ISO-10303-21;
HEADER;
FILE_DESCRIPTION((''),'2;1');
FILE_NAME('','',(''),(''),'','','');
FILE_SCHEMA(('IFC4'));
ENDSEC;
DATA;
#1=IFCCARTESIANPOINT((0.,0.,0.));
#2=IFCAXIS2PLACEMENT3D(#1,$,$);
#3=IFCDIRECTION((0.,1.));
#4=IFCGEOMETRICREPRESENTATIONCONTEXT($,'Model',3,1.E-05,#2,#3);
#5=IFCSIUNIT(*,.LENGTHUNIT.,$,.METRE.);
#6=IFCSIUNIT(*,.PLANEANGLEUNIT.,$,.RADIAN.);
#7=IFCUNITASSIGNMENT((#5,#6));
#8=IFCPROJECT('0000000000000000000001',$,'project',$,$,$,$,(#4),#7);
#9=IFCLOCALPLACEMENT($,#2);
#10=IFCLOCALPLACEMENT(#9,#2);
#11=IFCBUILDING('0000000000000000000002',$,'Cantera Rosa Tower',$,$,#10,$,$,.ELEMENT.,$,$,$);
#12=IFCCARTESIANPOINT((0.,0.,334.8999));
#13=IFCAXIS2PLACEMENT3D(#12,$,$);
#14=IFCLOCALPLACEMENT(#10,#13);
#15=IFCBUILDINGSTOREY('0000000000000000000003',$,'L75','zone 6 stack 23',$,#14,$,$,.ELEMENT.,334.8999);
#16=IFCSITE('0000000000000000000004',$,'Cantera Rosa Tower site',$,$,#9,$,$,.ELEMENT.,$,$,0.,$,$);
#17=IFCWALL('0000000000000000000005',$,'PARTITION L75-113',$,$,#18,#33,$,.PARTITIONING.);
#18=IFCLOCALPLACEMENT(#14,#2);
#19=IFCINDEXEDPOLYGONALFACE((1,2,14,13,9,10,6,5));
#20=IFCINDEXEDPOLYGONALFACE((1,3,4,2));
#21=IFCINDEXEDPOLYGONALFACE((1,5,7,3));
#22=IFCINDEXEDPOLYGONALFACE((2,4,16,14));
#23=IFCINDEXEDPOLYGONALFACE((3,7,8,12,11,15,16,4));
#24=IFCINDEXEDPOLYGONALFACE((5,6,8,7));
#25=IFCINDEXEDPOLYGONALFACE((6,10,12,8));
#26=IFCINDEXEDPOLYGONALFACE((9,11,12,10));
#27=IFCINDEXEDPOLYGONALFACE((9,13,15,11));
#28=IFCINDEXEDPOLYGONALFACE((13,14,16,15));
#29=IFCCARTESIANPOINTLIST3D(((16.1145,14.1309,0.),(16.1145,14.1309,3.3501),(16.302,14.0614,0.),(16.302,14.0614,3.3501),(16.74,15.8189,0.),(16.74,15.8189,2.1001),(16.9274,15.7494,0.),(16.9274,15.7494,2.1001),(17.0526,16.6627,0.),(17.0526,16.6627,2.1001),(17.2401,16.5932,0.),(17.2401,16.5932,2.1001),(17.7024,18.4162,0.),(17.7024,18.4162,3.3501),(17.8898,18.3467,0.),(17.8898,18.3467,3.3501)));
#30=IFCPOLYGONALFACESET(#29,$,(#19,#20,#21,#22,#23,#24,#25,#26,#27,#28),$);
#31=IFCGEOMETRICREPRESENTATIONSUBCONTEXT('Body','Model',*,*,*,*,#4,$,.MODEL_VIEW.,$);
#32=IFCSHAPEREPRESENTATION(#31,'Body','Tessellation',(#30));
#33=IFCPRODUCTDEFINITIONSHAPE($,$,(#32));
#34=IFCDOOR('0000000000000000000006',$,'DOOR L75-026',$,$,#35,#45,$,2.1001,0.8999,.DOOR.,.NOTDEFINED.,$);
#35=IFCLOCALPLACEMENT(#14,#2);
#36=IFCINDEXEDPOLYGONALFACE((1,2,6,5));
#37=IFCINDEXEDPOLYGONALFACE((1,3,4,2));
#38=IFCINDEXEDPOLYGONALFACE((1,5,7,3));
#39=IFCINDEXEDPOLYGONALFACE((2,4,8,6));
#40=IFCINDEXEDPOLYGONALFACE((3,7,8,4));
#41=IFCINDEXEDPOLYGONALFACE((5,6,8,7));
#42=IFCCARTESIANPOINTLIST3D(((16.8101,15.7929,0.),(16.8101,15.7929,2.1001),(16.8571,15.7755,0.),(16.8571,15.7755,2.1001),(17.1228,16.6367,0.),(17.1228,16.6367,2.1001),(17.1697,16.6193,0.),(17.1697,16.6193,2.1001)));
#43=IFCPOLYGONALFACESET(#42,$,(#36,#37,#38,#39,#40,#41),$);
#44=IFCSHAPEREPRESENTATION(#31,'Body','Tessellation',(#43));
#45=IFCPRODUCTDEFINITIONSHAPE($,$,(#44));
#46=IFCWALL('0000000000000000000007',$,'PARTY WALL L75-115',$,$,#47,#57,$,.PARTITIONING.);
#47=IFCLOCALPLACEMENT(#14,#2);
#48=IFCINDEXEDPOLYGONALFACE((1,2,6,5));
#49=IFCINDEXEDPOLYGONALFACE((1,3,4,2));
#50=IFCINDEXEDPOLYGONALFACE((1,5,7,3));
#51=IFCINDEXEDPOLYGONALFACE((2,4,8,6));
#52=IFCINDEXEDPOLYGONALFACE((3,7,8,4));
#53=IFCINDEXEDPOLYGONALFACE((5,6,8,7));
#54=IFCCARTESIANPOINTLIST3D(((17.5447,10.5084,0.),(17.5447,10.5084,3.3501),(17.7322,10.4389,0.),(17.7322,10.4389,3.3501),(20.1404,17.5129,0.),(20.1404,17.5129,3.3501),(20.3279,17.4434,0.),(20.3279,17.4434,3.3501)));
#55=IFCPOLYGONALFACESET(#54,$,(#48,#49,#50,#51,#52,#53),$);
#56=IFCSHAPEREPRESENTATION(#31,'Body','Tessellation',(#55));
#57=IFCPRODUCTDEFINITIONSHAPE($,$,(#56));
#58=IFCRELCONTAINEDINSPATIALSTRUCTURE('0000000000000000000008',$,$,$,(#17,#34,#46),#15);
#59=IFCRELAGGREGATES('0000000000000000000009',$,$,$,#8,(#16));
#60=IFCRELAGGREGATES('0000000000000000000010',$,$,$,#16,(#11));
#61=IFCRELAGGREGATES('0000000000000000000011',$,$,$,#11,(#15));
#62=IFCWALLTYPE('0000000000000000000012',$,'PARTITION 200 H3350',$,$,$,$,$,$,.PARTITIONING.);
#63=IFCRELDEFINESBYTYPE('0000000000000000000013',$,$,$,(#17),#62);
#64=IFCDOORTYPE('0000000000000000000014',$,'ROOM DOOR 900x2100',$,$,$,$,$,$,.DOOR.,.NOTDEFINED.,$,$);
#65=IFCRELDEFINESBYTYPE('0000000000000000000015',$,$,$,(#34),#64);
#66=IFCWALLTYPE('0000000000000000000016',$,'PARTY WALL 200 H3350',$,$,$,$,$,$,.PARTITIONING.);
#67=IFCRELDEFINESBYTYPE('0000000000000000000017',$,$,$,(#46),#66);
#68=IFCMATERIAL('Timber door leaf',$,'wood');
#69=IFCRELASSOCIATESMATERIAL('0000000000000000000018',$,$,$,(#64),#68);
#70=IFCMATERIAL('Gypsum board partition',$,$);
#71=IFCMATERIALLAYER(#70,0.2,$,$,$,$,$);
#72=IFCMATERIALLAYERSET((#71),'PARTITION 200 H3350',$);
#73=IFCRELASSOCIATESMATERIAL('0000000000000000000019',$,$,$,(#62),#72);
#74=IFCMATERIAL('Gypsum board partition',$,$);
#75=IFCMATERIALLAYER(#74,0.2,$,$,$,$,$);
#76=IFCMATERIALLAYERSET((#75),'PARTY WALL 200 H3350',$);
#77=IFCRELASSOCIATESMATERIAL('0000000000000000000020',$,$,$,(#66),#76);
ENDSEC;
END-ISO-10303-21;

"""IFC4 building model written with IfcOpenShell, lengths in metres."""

from ifc_helpers import new_model, si_unit, direction, frame, frame_2d, origin, place, context, subcontext, project, spatial, rectangle, extrude, material, layer, layer_set, type_object, element, fill, save


model = new_model("IFC4")

# Units and contexts
model_context = context("Model", 3, precision=1e-05, world=origin(), true_north=direction((0.0, 1.0)))
body_context = subcontext(model_context, "Body", "Model", "MODEL_VIEW")
ifc_project = project(units=[si_unit("LENGTHUNIT", "METRE"), si_unit("PLANEANGLEUNIT", "RADIAN")], contexts=[model_context])

# Site, building, storey
site_placement = place(None, origin())
site = spatial("IfcSite", under=ifc_project, at=site_placement, Name="Cantera Rosa Tower site", CompositionType="ELEMENT", RefElevation=0.0)
building_placement = place(site_placement, origin())
building = spatial("IfcBuilding", under=site, at=building_placement, Name="Cantera Rosa Tower", CompositionType="ELEMENT")
storey_placement = place(building_placement, frame((0.0, 0.0, 334.8999)))
storey = spatial("IfcBuildingStorey", under=building, at=storey_placement, Name="L75", Description="zone 6 stack 23", CompositionType="ELEMENT", Elevation=334.8999)

# Shared definitions
ifc_material_1 = material(Name="Timber door leaf", Category="wood")
door_type_1 = type_object("IfcDoorType", Name="ROOM DOOR 900x2100", OperationType="NOTDEFINED", PredefinedType="DOOR", material=ifc_material_1)

# Shared definitions
ifc_material_2 = material(Name="Gypsum board partition")
ifc_layer_1 = layer(ifc_material_2, 0.2)
ifc_layer_set_1 = layer_set([ifc_layer_1], Name="PARTITION 200 H3350")
wall_type_1 = type_object("IfcWallType", Name="PARTITION 200 H3350", PredefinedType="PARTITIONING", material=ifc_layer_set_1)

# Wall, opening, door
wall_1_placement = place(storey_placement, frame((17.7961, 18.3816, 0.0), z_axis=(0.0, 0.0, 1.0), x_axis=(-0.34745, -0.937698, 0.0)))
wall_1 = element("IfcWall", 1, at=wall_1_placement, inside=storey, type_object=wall_type_1, Name="PARTITION L75-113", PredefinedType="PARTITIONING", context=body_context, shape_type="SweptSolid", body=[
    extrude(rectangle(XDim=4.5701, YDim=0.2, at=frame_2d((2.2852, 0.0))), origin(), (0.0, 0.0, 1.0), 3.3501),
])
opening_1_placement = place(wall_1_placement, frame((1.8701, 0.0, 0.0)))
opening_1 = element("IfcOpeningElement", 2, at=opening_1_placement, cuts=wall_1, PredefinedType="OPENING", context=body_context, shape_type="SweptSolid", body=[
    extrude(rectangle(XDim=0.8999, YDim=2.1001, at=frame_2d((0.45, 1.05))), frame((0.0, 0.1099, 0.0), z_axis=(0.0, -1.0, 0.0), x_axis=(1.0, 0.0, 0.0)), (0.0, 0.0, 1.0), 0.22),
])
door_1_placement = place(opening_1_placement, origin())
door_1 = element("IfcDoor", 3, at=door_1_placement, inside=storey, type_object=door_type_1, Name="DOOR L75-026", OperationType="NOTDEFINED", OverallHeight=2.1001, OverallWidth=0.8999, PredefinedType="DOOR", context=body_context, shape_type="SweptSolid", body=[
    extrude(rectangle(XDim=0.8999, YDim=2.1001, at=frame_2d((0.45, 1.05))), frame((0.0, 0.0249, 0.0), z_axis=(0.0, -1.0, 0.0), x_axis=(1.0, 0.0, 0.0)), (0.0, 0.0, 1.0), 0.05),
])
fill(opening_1, door_1)

# Wall
ifc_material_3 = material(Name="Gypsum board partition")
ifc_layer_2 = layer(ifc_material_3, 0.2)
ifc_layer_set_2 = layer_set([ifc_layer_2], Name="PARTY WALL 200 H3350")
wall_type_2 = type_object("IfcWallType", Name="PARTY WALL 200 H3350", PredefinedType="PARTITIONING", material=ifc_layer_set_2)
wall_2_placement = place(storey_placement, frame((20.2341, 17.478, 0.0), z_axis=(0.0, 0.0, 1.0), x_axis=(-0.347489, -0.937684, 0.0)))
element("IfcWall", 4, at=wall_2_placement, inside=storey, type_object=wall_type_2, Name="PARTY WALL L75-115", PredefinedType="PARTITIONING", context=body_context, shape_type="SweptSolid", body=[
    extrude(rectangle(XDim=7.47, YDim=0.2, at=frame_2d((3.7349, 0.0))), origin(), (0.0, 0.0, 1.0), 3.3501),
])

save(model, "model.ifc")
